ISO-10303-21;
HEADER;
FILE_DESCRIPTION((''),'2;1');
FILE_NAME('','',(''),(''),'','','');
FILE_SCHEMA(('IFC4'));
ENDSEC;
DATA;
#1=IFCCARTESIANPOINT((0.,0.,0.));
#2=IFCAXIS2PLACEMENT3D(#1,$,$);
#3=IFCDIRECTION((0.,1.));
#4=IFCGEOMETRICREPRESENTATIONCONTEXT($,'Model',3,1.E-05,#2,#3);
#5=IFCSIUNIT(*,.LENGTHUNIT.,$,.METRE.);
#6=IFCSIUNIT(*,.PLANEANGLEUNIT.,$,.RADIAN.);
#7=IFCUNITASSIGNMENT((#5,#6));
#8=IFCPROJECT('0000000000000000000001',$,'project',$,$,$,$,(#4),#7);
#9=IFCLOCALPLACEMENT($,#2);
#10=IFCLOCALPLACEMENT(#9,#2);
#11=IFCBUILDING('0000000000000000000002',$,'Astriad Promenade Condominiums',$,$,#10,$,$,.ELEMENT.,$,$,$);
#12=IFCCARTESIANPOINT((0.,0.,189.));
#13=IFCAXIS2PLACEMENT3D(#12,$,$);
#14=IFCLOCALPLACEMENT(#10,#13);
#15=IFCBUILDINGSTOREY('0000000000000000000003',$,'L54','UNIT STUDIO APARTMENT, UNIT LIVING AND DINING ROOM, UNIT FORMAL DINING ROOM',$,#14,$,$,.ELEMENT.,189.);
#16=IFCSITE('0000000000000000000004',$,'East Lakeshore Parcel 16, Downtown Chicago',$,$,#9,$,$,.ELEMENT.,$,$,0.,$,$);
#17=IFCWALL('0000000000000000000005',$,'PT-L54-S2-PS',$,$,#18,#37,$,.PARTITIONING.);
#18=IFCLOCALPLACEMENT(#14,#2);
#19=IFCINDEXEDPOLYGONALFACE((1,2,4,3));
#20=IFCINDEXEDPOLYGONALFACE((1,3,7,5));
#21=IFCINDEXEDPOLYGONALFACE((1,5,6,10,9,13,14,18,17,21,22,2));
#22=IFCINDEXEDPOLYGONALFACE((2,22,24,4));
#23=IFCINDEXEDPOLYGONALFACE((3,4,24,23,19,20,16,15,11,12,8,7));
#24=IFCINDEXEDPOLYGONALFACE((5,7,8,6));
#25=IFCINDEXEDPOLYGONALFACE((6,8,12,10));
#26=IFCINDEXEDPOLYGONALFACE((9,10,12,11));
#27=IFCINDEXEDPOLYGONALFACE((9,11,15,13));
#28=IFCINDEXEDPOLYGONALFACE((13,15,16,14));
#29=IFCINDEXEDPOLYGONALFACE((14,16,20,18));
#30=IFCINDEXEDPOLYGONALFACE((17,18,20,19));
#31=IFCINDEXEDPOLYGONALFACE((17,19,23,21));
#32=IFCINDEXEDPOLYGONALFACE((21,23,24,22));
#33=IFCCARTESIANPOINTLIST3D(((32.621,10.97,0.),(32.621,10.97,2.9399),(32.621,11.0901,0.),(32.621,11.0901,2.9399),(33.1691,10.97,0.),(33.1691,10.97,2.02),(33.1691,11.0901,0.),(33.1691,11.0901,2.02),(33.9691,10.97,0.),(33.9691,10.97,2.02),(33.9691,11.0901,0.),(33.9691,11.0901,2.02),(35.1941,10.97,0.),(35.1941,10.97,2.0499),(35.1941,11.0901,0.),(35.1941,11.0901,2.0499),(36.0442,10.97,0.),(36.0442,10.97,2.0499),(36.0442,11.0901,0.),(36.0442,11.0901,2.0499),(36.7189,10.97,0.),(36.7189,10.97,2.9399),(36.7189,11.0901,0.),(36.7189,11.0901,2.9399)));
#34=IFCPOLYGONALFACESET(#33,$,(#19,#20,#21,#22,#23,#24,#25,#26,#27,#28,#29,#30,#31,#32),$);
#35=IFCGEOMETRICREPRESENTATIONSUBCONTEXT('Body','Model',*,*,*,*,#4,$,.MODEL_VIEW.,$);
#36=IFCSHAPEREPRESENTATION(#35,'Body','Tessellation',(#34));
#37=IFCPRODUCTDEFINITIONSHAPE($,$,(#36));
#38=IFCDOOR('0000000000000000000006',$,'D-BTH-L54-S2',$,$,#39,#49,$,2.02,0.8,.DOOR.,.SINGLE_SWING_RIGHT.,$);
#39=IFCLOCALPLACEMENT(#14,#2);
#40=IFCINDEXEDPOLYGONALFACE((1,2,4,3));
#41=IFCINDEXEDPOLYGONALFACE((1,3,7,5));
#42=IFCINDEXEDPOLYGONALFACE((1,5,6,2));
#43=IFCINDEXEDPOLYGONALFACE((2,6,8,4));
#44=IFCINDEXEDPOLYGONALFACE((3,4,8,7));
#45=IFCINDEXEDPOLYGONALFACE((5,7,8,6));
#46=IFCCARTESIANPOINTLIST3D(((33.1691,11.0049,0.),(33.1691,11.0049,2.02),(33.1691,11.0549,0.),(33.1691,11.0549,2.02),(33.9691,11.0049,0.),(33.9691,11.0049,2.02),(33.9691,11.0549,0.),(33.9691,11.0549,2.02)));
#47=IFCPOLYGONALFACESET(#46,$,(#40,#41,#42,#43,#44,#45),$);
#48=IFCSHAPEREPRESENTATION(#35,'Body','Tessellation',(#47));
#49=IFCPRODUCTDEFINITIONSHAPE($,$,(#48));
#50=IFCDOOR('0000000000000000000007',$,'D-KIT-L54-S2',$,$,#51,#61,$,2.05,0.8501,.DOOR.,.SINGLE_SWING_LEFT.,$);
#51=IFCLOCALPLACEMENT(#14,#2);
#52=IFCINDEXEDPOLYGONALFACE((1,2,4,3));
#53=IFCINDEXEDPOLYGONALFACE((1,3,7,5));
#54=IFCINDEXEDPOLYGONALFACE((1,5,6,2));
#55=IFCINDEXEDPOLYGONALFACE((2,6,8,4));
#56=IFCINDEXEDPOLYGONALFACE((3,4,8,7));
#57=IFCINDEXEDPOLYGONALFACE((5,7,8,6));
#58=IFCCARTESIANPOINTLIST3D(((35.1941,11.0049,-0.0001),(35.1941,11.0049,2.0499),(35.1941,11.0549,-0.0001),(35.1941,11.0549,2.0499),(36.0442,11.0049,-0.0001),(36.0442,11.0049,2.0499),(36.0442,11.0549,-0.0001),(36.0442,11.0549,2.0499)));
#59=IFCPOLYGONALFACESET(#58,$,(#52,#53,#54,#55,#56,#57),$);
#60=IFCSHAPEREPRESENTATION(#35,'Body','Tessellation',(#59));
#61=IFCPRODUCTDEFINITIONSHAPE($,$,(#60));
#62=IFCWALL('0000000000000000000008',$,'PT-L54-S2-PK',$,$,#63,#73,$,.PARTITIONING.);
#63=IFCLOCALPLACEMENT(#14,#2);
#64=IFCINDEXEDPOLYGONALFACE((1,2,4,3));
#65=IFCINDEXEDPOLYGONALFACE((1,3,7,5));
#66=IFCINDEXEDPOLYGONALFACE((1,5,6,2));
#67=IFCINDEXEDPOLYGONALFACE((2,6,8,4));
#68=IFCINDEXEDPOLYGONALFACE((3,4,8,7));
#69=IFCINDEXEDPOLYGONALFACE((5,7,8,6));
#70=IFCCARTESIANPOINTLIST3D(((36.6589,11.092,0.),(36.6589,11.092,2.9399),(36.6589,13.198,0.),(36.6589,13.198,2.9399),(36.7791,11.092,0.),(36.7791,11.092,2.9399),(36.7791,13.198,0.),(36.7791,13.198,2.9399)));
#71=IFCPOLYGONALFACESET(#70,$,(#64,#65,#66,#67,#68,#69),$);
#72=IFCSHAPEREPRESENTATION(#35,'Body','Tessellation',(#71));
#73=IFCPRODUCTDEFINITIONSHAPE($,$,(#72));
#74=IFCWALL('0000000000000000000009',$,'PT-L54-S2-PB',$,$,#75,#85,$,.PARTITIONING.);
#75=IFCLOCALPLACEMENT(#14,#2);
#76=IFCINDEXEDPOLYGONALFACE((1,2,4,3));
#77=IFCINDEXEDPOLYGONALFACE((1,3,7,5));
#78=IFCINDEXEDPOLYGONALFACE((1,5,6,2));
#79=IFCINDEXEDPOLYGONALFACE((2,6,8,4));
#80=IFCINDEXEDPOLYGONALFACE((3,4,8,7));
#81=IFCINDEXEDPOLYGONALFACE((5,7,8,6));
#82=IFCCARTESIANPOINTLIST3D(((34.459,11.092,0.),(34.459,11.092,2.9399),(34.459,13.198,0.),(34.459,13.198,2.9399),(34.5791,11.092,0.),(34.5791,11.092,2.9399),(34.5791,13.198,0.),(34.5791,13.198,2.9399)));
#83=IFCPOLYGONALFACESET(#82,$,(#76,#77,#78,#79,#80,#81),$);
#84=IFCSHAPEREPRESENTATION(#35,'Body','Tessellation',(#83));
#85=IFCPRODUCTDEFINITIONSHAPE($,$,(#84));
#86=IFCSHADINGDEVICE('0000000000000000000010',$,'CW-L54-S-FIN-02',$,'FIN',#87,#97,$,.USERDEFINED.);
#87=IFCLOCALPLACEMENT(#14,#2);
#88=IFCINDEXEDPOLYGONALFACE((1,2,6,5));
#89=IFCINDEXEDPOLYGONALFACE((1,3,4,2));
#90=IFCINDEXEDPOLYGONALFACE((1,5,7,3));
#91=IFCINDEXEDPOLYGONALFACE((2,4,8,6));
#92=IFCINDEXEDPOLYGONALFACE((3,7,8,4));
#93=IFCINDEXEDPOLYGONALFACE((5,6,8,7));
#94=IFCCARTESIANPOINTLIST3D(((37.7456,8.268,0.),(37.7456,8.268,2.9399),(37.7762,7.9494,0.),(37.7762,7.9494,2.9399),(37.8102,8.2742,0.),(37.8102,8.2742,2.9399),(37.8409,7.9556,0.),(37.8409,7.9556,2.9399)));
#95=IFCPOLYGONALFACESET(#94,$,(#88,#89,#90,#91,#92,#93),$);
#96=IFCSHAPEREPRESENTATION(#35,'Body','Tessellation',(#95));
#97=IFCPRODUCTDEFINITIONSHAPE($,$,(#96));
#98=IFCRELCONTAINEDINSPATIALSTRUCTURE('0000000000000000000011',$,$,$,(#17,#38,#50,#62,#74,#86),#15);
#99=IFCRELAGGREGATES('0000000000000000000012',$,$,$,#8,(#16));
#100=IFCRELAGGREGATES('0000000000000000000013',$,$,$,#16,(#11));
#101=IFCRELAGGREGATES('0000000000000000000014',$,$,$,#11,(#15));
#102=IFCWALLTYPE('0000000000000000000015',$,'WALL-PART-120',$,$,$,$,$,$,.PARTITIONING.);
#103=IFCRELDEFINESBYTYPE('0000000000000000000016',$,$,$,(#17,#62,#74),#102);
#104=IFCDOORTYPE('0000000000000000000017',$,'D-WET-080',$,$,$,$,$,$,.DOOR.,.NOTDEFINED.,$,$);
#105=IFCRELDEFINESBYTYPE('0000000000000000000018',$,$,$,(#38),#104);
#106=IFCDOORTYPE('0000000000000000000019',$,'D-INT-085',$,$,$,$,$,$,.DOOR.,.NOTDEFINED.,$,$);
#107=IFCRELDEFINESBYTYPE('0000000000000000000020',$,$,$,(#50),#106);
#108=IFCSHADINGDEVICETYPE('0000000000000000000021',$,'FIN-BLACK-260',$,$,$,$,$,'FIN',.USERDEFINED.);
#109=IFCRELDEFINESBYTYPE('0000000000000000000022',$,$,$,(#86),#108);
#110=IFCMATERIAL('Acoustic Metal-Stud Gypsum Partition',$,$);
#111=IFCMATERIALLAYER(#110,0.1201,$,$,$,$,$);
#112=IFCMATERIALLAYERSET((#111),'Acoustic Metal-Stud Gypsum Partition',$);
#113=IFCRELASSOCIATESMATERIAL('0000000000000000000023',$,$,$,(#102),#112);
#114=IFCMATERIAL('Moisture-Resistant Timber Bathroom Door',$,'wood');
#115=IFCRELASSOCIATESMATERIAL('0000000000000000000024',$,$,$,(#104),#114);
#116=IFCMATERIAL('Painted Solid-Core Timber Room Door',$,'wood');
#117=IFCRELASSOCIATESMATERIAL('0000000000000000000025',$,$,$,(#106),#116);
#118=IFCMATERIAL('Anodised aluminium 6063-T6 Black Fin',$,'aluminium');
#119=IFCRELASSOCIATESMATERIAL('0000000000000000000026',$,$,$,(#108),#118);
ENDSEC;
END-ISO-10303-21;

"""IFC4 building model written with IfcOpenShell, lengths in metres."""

from ifc_helpers import new_model, si_unit, direction, frame, frame_2d, origin, origin_2d, place, context, subcontext, project, spatial, rectangle, extrude, source, transform, mapped, material, layer, layer_set, type_object, type_shapes, element, fill, save


model = new_model("IFC4")

# Units and contexts
model_context = context("Model", 3, precision=1e-05, world=origin(), true_north=direction((0.0, 1.0)))
body_context = subcontext(model_context, "Body", "Model", "MODEL_VIEW")
ifc_project = project(units=[si_unit("LENGTHUNIT", "METRE"), si_unit("PLANEANGLEUNIT", "RADIAN")], contexts=[model_context])

# Site, building, storey
site_placement = place(None, origin())
site = spatial("IfcSite", under=ifc_project, at=site_placement, Name="East Lakeshore Parcel 16, Downtown Chicago", CompositionType="ELEMENT", RefElevation=0.0)
building_placement = place(site_placement, origin())
building = spatial("IfcBuilding", under=site, at=building_placement, Name="Astriad Promenade Condominiums", CompositionType="ELEMENT")
storey_placement = place(building_placement, frame((0.0, 0.0, 189.0)))
storey = spatial("IfcBuildingStorey", under=building, at=storey_placement, Name="L54", Description="UNIT STUDIO APARTMENT, UNIT LIVING AND DINING ROOM, UNIT FORMAL DINING ROOM", CompositionType="ELEMENT", Elevation=189.0)

# Wall, openings, doors
ifc_material_1 = material(Name="Acoustic Metal-Stud Gypsum Partition")
ifc_layer_1 = layer(ifc_material_1, 0.1201)
ifc_layer_set_1 = layer_set([ifc_layer_1], Name="Acoustic Metal-Stud Gypsum Partition")
wall_type_1 = type_object("IfcWallType", Name="WALL-PART-120", PredefinedType="PARTITIONING", material=ifc_layer_set_1)
wall_1_placement = place(storey_placement, frame((32.6211, 11.03, 0.0), z_axis=(0.0, 0.0, 1.0), x_axis=(1.0, 0.0, 0.0)))
wall_1 = element("IfcWall", 1, at=wall_1_placement, inside=storey, type_object=wall_type_1, Name="PT-L54-S2-PS", PredefinedType="PARTITIONING", context=body_context, shape_type="SweptSolid", body=[
    extrude(rectangle(XDim=4.0979, YDim=0.1201, at=frame_2d((2.0488, 0.0))), origin(), (0.0, 0.0, 1.0), 2.9399),
])
opening_1_placement = place(wall_1_placement, frame((0.5481, 0.0, 0.0)))
opening_1 = element("IfcOpeningElement", 2, at=opening_1_placement, cuts=wall_1, PredefinedType="OPENING", context=body_context, shape_type="SweptSolid", body=[
    extrude(rectangle(XDim=0.8, YDim=2.02, at=frame_2d((0.3999, 1.01))), frame((0.0, 0.0701, 0.0), z_axis=(0.0, -1.0, 0.0), x_axis=(1.0, 0.0, 0.0)), (0.0, 0.0, 1.0), 0.1401),
])
opening_2_placement = place(wall_1_placement, frame((2.573, 0.0, 0.0)))
opening_2 = element("IfcOpeningElement", 3, at=opening_2_placement, cuts=wall_1, PredefinedType="OPENING", context=body_context, shape_type="SweptSolid", body=[
    extrude(rectangle(XDim=0.8501, YDim=2.05, at=frame_2d((0.425, 1.0249))), frame((0.0, 0.0701, 0.0), z_axis=(0.0, -1.0, 0.0), x_axis=(1.0, 0.0, 0.0)), (0.0, 0.0, 1.0), 0.1401),
])
ifc_material_2 = material(Name="Moisture-Resistant Timber Bathroom Door", Category="wood")
door_type_1 = type_object("IfcDoorType", Name="D-WET-080", OperationType="NOTDEFINED", PredefinedType="DOOR", material=ifc_material_2)
shared_shape_1 = source(origin(), body_context, "Body", "SweptSolid", [
    extrude(rectangle(XDim=0.8, YDim=2.02, at=frame_2d((0.3999, 1.01))), frame((0.0, 0.0249, 0.0), z_axis=(0.0, -1.0, 0.0), x_axis=(1.0, 0.0, 0.0)), (0.0, 0.0, 1.0), 0.05),
])
type_shapes(door_type_1, [shared_shape_1])
door_1_placement = place(opening_1_placement, origin())
door_1 = element("IfcDoor", 4, at=door_1_placement, inside=storey, type_object=door_type_1, Name="D-BTH-L54-S2", OperationType="SINGLE_SWING_RIGHT", OverallHeight=2.02, OverallWidth=0.8, PredefinedType="DOOR", context=body_context, shape_type="MappedRepresentation", body=[
    mapped(shared_shape_1, transform((0.0, 0.0, 0.0), scale=1.0)),
])
fill(opening_1, door_1)
ifc_material_3 = material(Name="Painted Solid-Core Timber Room Door", Category="wood")
door_type_2 = type_object("IfcDoorType", Name="D-INT-085", OperationType="NOTDEFINED", PredefinedType="DOOR", material=ifc_material_3)
shared_shape_2 = source(origin(), body_context, "Body", "SweptSolid", [
    extrude(rectangle(XDim=0.8501, YDim=2.05, at=frame_2d((0.425, 1.0249))), frame((0.0, 0.0249, 0.0), z_axis=(0.0, -1.0, 0.0), x_axis=(1.0, 0.0, 0.0)), (0.0, 0.0, 1.0), 0.05),
])
type_shapes(door_type_2, [shared_shape_2])
door_2_placement = place(opening_2_placement, origin())
door_2 = element("IfcDoor", 5, at=door_2_placement, inside=storey, type_object=door_type_2, Name="D-KIT-L54-S2", OperationType="SINGLE_SWING_LEFT", OverallHeight=2.05, OverallWidth=0.8501, PredefinedType="DOOR", context=body_context, shape_type="MappedRepresentation", body=[
    mapped(shared_shape_2, transform((0.0, 0.0, 0.0), scale=1.0)),
])
fill(opening_2, door_2)

# Walls
for number, where, z_axis, x_axis, name in (
    (6, (36.719, 11.092, 0.0), (0.0, 0.0, 1.0), (0.0, 1.0, 0.0), "PT-L54-S2-PK"),
    (7, (34.519, 11.092, 0.0), (0.0, 0.0, 1.0), (0.0, 1.0, 0.0), "PT-L54-S2-PB"),
):
    element("IfcWall", number, at=place(storey_placement, frame(where, z_axis=z_axis, x_axis=x_axis)), inside=storey, type_object=wall_type_1, Name=name, PredefinedType="PARTITIONING", context=body_context, shape_type="SweptSolid", body=[
        extrude(rectangle(XDim=2.106, YDim=0.1201, at=frame_2d((1.053, 0.0))), origin(), (0.0, 0.0, 1.0), 2.9399),
    ])

# Shading device
ifc_material_4 = material(Name="Anodised aluminium 6063-T6 Black Fin", Category="aluminium")
shading_device_type = type_object("IfcShadingDeviceType", Name="FIN-BLACK-260", ElementType="FIN", PredefinedType="USERDEFINED", material=ifc_material_4)
shared_shape_3 = source(origin(), body_context, "Body", "SweptSolid", [
    extrude(rectangle(XDim=0.0649, YDim=0.3201, at=origin_2d()), origin(), (0.0, 0.0, 1.0), 2.9399),
])
type_shapes(shading_device_type, [shared_shape_3])
shading_device_placement = place(storey_placement, frame((37.7932, 8.1118, 0.0), z_axis=(0.0, 0.0, 1.0), x_axis=(-0.995396, -0.095846, 0.0)))
element("IfcShadingDevice", 8, at=shading_device_placement, inside=storey, type_object=shading_device_type, Name="CW-L54-S-FIN-02", ObjectType="FIN", PredefinedType="USERDEFINED", context=body_context, shape_type="MappedRepresentation", body=[
    mapped(shared_shape_3, transform((0.0, 0.0, 0.0), scale=1.0)),
])

save(model, "model.ifc")
